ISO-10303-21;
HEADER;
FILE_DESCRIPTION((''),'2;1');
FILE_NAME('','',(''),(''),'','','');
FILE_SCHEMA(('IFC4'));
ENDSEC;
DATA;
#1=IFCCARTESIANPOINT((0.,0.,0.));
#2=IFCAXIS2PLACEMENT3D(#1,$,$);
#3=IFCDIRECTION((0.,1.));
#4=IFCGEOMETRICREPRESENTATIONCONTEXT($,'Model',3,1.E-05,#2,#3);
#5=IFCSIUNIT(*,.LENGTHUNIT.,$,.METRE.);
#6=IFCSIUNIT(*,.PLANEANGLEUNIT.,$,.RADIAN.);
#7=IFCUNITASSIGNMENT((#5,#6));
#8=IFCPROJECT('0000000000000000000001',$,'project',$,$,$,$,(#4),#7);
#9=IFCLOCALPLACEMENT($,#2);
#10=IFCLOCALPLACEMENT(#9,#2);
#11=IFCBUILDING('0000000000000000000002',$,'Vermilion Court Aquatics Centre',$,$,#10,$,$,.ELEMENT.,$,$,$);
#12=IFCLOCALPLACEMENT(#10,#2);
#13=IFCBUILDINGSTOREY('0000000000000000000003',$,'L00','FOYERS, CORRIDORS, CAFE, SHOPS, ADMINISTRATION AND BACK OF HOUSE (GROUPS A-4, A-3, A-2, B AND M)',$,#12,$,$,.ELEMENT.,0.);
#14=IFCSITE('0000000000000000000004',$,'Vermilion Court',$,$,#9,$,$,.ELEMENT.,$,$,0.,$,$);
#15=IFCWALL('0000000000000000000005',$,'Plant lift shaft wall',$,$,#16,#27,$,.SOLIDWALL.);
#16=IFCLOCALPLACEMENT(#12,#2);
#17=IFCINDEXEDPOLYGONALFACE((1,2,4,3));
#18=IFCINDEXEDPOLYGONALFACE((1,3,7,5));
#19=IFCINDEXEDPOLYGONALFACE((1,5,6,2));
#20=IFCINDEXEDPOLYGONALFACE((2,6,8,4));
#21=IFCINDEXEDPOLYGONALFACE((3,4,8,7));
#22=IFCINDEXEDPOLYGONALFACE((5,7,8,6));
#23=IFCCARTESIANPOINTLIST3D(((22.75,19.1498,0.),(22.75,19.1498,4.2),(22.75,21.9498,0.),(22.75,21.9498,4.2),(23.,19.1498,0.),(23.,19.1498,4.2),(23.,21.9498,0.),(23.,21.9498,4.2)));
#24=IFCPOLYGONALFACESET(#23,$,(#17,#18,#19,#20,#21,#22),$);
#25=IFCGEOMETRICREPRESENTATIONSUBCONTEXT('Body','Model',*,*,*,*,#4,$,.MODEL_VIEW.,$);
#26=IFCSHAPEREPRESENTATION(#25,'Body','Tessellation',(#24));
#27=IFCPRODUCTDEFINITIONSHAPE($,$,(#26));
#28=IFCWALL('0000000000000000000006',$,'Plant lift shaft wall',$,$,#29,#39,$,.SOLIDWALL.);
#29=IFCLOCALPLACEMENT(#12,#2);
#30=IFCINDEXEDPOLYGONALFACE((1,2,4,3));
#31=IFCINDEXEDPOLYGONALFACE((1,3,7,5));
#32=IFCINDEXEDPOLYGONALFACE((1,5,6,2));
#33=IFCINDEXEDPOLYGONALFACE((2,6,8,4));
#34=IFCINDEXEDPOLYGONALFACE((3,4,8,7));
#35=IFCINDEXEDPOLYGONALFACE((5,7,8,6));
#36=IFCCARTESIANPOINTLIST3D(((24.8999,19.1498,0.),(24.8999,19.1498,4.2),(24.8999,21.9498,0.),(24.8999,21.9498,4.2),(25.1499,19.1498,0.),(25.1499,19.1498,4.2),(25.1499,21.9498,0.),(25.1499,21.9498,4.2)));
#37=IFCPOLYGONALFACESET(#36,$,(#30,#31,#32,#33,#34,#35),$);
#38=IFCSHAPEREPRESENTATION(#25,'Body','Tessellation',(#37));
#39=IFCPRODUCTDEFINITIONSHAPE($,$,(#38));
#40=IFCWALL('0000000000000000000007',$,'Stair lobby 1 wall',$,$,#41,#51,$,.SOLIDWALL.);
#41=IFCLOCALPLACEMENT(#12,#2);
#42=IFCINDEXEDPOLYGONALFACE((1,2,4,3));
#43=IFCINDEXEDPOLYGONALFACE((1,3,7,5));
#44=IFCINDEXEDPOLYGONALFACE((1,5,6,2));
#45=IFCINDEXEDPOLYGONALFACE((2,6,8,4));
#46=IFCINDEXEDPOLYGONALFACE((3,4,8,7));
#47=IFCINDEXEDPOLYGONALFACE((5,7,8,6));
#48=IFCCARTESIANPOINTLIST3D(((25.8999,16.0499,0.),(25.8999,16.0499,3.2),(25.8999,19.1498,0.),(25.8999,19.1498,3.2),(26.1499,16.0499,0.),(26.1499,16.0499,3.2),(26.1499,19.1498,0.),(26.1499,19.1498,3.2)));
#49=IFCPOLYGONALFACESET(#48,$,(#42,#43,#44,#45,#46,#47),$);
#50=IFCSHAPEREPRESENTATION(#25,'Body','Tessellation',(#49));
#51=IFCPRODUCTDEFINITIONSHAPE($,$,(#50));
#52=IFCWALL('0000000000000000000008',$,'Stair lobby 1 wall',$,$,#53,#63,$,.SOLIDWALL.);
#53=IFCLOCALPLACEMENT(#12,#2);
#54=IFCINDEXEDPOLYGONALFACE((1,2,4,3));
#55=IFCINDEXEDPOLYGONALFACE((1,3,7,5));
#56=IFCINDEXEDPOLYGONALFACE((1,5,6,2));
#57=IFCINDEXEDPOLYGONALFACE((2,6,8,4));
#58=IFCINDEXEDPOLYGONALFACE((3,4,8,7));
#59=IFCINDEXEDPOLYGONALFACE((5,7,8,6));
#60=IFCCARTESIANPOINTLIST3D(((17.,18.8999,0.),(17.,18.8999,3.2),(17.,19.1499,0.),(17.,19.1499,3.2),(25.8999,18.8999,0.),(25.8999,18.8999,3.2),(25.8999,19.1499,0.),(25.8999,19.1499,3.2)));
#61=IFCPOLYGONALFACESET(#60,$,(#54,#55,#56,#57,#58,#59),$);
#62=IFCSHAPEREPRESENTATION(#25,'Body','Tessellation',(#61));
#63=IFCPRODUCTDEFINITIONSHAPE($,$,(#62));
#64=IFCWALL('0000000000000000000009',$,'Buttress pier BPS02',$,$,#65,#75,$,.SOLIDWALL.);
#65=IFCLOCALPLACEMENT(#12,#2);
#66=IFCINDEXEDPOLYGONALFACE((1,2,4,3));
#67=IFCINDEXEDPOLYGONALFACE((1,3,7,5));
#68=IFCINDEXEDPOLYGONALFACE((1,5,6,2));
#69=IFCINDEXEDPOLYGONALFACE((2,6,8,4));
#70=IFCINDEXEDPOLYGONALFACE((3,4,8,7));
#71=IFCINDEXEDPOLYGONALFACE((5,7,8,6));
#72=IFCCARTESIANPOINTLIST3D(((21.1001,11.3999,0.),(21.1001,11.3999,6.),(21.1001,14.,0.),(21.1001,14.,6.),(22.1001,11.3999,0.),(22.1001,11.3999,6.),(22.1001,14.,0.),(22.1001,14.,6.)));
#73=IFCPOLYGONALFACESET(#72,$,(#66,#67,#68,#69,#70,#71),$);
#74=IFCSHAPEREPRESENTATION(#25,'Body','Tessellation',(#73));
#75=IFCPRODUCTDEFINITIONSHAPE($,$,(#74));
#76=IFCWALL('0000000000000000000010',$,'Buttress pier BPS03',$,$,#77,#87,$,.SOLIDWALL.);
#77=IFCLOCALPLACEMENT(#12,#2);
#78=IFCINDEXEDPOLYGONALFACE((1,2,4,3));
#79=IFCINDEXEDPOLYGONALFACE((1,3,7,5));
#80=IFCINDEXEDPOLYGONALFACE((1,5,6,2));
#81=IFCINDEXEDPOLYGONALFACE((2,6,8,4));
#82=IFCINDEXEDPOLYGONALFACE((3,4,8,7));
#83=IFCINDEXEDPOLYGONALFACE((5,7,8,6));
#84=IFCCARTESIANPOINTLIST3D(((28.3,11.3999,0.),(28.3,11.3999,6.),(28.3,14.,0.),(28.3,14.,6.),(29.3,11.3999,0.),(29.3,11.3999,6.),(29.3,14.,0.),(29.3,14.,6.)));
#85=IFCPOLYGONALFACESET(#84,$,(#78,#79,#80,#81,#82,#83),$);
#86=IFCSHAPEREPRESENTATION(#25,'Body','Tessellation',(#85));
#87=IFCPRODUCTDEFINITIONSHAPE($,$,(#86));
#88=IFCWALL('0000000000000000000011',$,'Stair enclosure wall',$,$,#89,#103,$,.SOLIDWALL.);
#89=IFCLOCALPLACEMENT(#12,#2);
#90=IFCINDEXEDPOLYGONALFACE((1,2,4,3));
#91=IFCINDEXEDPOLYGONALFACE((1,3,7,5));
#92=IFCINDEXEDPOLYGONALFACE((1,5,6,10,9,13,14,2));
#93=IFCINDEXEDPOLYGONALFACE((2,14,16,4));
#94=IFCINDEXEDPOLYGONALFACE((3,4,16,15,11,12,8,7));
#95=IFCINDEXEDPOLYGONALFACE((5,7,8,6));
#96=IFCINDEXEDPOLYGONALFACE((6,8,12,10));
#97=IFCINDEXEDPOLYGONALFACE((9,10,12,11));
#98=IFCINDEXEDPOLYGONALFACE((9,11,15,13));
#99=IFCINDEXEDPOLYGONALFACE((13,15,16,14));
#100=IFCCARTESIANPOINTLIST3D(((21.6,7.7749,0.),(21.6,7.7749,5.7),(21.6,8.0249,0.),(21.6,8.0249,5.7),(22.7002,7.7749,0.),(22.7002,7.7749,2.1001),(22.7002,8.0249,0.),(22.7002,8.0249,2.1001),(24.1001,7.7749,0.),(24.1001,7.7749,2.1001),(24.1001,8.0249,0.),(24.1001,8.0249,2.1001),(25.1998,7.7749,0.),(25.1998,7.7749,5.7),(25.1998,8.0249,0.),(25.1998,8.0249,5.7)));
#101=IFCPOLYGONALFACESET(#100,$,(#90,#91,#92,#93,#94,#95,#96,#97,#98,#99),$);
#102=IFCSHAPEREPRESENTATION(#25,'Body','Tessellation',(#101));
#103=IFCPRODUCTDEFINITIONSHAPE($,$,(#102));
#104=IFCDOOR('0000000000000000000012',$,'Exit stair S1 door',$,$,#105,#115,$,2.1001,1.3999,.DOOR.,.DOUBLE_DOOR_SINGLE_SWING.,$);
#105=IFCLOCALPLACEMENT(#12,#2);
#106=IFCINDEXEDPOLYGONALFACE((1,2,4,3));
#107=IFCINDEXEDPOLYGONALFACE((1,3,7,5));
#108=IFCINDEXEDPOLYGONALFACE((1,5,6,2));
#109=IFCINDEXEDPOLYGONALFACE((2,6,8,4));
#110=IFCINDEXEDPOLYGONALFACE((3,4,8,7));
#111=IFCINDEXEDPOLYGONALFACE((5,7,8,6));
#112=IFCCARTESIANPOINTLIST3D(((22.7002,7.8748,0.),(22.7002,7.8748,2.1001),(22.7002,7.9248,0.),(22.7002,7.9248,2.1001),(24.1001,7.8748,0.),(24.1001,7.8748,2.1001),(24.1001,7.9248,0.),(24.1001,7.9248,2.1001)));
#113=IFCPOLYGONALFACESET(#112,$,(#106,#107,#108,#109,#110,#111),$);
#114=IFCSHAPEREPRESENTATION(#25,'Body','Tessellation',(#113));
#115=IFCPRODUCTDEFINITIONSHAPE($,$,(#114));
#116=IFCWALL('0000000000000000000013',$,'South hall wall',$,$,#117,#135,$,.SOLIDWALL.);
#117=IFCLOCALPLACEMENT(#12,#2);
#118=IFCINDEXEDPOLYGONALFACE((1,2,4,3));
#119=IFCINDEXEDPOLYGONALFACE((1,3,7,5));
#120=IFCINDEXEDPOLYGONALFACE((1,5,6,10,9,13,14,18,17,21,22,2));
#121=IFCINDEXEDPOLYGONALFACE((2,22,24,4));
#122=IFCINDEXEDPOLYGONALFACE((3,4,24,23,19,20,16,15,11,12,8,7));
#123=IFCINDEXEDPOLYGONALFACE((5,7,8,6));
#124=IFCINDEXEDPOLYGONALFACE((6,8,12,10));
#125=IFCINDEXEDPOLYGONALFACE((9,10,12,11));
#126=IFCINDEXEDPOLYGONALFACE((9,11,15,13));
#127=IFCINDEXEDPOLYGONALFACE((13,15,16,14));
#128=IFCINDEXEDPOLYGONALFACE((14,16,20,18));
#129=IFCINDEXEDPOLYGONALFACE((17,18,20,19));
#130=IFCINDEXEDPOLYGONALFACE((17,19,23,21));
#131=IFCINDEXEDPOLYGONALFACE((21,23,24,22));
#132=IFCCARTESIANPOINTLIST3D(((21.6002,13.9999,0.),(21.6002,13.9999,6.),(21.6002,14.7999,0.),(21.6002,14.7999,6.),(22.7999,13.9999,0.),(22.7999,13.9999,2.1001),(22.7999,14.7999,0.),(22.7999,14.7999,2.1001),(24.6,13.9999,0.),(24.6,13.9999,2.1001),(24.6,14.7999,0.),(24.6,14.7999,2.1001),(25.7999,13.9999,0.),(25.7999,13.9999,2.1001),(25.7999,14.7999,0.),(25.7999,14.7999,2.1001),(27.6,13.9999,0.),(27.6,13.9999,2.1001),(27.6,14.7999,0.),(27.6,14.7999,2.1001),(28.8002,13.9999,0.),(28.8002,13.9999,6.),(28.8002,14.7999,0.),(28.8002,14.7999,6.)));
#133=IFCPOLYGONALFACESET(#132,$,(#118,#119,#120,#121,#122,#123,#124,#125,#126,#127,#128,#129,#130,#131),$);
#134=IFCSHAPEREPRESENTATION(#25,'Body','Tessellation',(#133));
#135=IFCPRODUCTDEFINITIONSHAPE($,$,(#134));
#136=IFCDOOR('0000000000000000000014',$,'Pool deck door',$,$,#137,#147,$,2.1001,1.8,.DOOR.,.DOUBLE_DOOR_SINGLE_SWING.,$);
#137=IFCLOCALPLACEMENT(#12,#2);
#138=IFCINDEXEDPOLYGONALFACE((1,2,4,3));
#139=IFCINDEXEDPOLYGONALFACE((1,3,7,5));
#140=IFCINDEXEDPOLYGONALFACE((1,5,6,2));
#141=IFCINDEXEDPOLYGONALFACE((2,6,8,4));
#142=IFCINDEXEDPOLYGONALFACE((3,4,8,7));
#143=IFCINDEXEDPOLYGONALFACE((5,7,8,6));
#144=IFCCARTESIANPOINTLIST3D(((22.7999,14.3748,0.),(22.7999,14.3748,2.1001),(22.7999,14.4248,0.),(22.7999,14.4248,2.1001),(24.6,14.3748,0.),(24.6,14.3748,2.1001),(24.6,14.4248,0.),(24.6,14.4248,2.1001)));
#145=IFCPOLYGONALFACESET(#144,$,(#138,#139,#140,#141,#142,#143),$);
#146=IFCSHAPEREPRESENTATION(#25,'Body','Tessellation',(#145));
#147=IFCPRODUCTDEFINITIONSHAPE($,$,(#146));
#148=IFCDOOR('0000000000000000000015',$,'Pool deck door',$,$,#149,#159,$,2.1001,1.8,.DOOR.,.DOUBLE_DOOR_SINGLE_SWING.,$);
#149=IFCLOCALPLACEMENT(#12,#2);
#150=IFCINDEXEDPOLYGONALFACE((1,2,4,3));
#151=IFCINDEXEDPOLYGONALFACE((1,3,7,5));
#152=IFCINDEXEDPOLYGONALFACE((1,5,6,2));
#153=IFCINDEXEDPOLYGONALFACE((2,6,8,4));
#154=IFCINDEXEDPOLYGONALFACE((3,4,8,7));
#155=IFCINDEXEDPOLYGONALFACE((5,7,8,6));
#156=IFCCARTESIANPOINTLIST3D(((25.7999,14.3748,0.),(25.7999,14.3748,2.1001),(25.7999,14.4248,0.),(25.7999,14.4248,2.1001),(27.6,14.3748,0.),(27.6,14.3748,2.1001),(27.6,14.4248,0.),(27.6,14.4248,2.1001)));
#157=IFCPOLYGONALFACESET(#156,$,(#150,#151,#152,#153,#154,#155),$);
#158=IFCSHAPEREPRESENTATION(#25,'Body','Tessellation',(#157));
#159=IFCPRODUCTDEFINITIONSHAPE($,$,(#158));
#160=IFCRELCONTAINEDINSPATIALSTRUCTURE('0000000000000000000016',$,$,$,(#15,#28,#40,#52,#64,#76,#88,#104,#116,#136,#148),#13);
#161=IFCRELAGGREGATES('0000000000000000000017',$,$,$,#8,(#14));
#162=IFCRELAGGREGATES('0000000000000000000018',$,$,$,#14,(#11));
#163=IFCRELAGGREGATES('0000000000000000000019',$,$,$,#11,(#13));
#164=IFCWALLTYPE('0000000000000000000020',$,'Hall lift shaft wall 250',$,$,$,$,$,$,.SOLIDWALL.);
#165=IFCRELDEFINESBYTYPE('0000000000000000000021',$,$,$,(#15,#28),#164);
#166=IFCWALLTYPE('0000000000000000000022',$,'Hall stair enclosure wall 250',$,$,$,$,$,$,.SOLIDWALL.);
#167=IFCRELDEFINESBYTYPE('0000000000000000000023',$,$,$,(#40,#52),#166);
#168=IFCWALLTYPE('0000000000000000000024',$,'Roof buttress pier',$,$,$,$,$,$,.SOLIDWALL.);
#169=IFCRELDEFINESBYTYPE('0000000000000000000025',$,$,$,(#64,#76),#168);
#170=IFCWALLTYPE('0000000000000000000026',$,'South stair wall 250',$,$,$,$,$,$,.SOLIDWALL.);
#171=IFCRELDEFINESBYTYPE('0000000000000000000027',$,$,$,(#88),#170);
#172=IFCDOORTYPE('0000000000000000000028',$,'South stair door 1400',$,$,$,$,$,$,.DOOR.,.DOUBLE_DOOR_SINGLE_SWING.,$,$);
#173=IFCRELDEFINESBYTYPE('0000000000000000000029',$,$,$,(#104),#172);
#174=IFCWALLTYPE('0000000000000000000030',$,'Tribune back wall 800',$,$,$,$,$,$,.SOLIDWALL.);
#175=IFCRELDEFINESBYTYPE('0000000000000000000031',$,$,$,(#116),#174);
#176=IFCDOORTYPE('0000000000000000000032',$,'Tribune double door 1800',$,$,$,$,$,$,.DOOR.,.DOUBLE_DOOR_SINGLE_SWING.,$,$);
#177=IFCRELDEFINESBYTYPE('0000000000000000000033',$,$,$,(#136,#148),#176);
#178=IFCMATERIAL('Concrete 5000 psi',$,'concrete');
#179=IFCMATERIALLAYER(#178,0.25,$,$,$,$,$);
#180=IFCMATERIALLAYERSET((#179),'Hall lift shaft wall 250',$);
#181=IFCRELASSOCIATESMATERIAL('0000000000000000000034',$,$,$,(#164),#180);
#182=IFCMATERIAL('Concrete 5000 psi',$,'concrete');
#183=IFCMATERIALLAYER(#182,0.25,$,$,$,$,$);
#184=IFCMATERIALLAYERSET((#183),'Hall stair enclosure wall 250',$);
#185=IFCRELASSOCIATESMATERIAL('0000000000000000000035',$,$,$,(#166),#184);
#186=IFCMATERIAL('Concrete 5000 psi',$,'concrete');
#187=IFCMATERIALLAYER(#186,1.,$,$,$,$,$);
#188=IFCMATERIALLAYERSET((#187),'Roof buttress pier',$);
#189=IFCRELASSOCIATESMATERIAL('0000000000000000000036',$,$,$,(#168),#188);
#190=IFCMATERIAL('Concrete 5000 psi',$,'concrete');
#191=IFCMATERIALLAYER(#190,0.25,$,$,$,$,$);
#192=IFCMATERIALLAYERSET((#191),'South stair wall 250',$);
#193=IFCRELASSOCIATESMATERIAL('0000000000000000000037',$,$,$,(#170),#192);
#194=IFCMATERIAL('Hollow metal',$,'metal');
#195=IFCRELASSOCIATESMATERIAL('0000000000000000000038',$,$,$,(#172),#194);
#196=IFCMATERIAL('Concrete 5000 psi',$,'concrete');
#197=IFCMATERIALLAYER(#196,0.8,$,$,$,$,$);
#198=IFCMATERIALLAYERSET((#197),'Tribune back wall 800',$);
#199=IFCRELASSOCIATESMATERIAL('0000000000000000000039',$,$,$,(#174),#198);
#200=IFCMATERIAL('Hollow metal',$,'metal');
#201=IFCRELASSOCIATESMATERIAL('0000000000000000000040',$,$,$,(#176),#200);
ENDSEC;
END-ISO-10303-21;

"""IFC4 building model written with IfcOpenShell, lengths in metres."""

from ifc_helpers import new_model, si_unit, direction, frame, frame_2d, origin, place, context, subcontext, project, spatial, rectangle, extrude, material, layer, layer_set, type_object, element, fill, save


model = new_model("IFC4")

# Units and contexts
model_context = context("Model", 3, precision=1e-05, world=origin(), true_north=direction((0.0, 1.0)))
body_context = subcontext(model_context, "Body", "Model", "MODEL_VIEW")
ifc_project = project(units=[si_unit("LENGTHUNIT", "METRE"), si_unit("PLANEANGLEUNIT", "RADIAN")], contexts=[model_context])

# Site, building, storey
site_placement = place(None, origin())
site = spatial("IfcSite", under=ifc_project, at=site_placement, Name="Vermilion Court", CompositionType="ELEMENT", RefElevation=0.0)
building_placement = place(site_placement, origin())
building = spatial("IfcBuilding", under=site, at=building_placement, Name="Vermilion Court Aquatics Centre", CompositionType="ELEMENT")
storey_placement = place(building_placement, origin())
storey = spatial("IfcBuildingStorey", under=building, at=storey_placement, Name="L00", Description="FOYERS, CORRIDORS, CAFE, SHOPS, ADMINISTRATION AND BACK OF HOUSE (GROUPS A-4, A-3, A-2, B AND M)", CompositionType="ELEMENT", Elevation=0.0)

# Walls
ifc_material_1 = material(Name="Concrete 5000 psi", Category="concrete")
ifc_layer_1 = layer(ifc_material_1, 0.25)
ifc_layer_set_1 = layer_set([ifc_layer_1], Name="Hall lift shaft wall 250")
wall_type_1 = type_object("IfcWallType", Name="Hall lift shaft wall 250", PredefinedType="SOLIDWALL", material=ifc_layer_set_1)
for number, where, z_axis, x_axis, name in (
    (1, (22.875, 19.1499, 0.0), (0.0, 0.0, 1.0), (0.0, 1.0, 0.0), "Plant lift shaft wall"),
    (2, (25.0249, 19.1499, 0.0), (0.0, 0.0, 1.0), (0.0, 1.0, 0.0), "Plant lift shaft wall"),
):
    element("IfcWall", number, at=place(storey_placement, frame(where, z_axis=z_axis, x_axis=x_axis)), inside=storey, type_object=wall_type_1, Name=name, PredefinedType="SOLIDWALL", context=body_context, shape_type="SweptSolid", body=[
        extrude(rectangle(XDim=2.8, YDim=0.25, at=frame_2d((1.3999, 0.0))), origin(), (0.0, 0.0, 1.0), 4.2),
    ])
ifc_material_2 = material(Name="Concrete 5000 psi", Category="concrete")
ifc_layer_2 = layer(ifc_material_2, 0.25)
ifc_layer_set_2 = layer_set([ifc_layer_2], Name="Hall stair enclosure wall 250")
wall_type_2 = type_object("IfcWallType", Name="Hall stair enclosure wall 250", PredefinedType="SOLIDWALL", material=ifc_layer_set_2)
wall_1_placement = place(storey_placement, frame((26.0249, 16.05, 0.0), z_axis=(0.0, 0.0, 1.0), x_axis=(0.0, 1.0, 0.0)))
element("IfcWall", 3, at=wall_1_placement, inside=storey, type_object=wall_type_2, Name="Stair lobby 1 wall", PredefinedType="SOLIDWALL", context=body_context, shape_type="SweptSolid", body=[
    extrude(rectangle(XDim=3.0999, YDim=0.25, at=frame_2d((1.5498, 0.0))), origin(), (0.0, 0.0, 1.0), 3.2),
])
wall_2_placement = place(storey_placement, frame((17.0, 19.0249, 0.0), z_axis=(0.0, 0.0, 1.0), x_axis=(1.0, 0.0, 0.0)))
element("IfcWall", 4, at=wall_2_placement, inside=storey, type_object=wall_type_2, Name="Stair lobby 1 wall", PredefinedType="SOLIDWALL", context=body_context, shape_type="SweptSolid", body=[
    extrude(rectangle(XDim=8.8999, YDim=0.25, at=frame_2d((4.45, 0.0))), origin(), (0.0, 0.0, 1.0), 3.2),
])
ifc_material_3 = material(Name="Concrete 5000 psi", Category="concrete")
ifc_layer_3 = layer(ifc_material_3, 1.0)
ifc_layer_set_3 = layer_set([ifc_layer_3], Name="Roof buttress pier")
wall_type_3 = type_object("IfcWallType", Name="Roof buttress pier", PredefinedType="SOLIDWALL", material=ifc_layer_set_3)
for number, where, z_axis, x_axis, name in (
    (5, (21.6001, 11.3999, 0.0), (0.0, 0.0, 1.0), (0.0, 1.0, 0.0), "Buttress pier BPS02"),
    (6, (28.8, 11.3999, 0.0), (0.0, 0.0, 1.0), (0.0, 1.0, 0.0), "Buttress pier BPS03"),
):
    element("IfcWall", number, at=place(storey_placement, frame(where, z_axis=z_axis, x_axis=x_axis)), inside=storey, type_object=wall_type_3, Name=name, PredefinedType="SOLIDWALL", context=body_context, shape_type="SweptSolid", body=[
        extrude(rectangle(XDim=2.6001, YDim=1.0, at=frame_2d((1.3, 0.0))), origin(), (0.0, 0.0, 1.0), 6.0),
    ])

# Wall, opening, door
ifc_material_4 = material(Name="Concrete 5000 psi", Category="concrete")
ifc_layer_4 = layer(ifc_material_4, 0.25)
ifc_layer_set_4 = layer_set([ifc_layer_4], Name="South stair wall 250")
wall_type_4 = type_object("IfcWallType", Name="South stair wall 250", PredefinedType="SOLIDWALL", material=ifc_layer_set_4)
wall_3_placement = place(storey_placement, frame((21.6001, 7.8999, 0.0), z_axis=(0.0, 0.0, 1.0), x_axis=(1.0, 0.0, 0.0)))
wall_3 = element("IfcWall", 7, at=wall_3_placement, inside=storey, type_object=wall_type_4, Name="Stair enclosure wall", PredefinedType="SOLIDWALL", context=body_context, shape_type="SweptSolid", body=[
    extrude(rectangle(XDim=3.5999, YDim=0.25, at=frame_2d((1.7998, 0.0))), origin(), (0.0, 0.0, 1.0), 5.7),
])
opening_1_placement = place(wall_3_placement, frame((1.1001, 0.0, 0.0)))
opening_1 = element("IfcOpeningElement", 8, at=opening_1_placement, cuts=wall_3, PredefinedType="OPENING", context=body_context, shape_type="SweptSolid", body=[
    extrude(rectangle(XDim=1.3999, YDim=2.1001, at=frame_2d((0.7, 1.05))), frame((0.0, 0.135, 0.0), z_axis=(0.0, -1.0, 0.0), x_axis=(1.0, 0.0, 0.0)), (0.0, 0.0, 1.0), 0.27),
])
ifc_material_5 = material(Name="Hollow metal", Category="metal")
door_type_1 = type_object("IfcDoorType", Name="South stair door 1400", OperationType="DOUBLE_DOOR_SINGLE_SWING", PredefinedType="DOOR", material=ifc_material_5)
door_1_placement = place(opening_1_placement, origin())
door_1 = element("IfcDoor", 9, at=door_1_placement, inside=storey, type_object=door_type_1, Name="Exit stair S1 door", OperationType="DOUBLE_DOOR_SINGLE_SWING", OverallHeight=2.1001, OverallWidth=1.3999, PredefinedType="DOOR", context=body_context, shape_type="SweptSolid", body=[
    extrude(rectangle(XDim=1.3999, YDim=2.1001, at=frame_2d((0.7, 1.05))), frame((0.0, 0.0249, 0.0), z_axis=(0.0, -1.0, 0.0), x_axis=(1.0, 0.0, 0.0)), (0.0, 0.0, 1.0), 0.05),
])
fill(opening_1, door_1)

# Wall, openings, doors
ifc_material_6 = material(Name="Concrete 5000 psi", Category="concrete")
ifc_layer_5 = layer(ifc_material_6, 0.8)
ifc_layer_set_5 = layer_set([ifc_layer_5], Name="Tribune back wall 800")
wall_type_5 = type_object("IfcWallType", Name="Tribune back wall 800", PredefinedType="SOLIDWALL", material=ifc_layer_set_5)
wall_4_placement = place(storey_placement, frame((21.6001, 14.3999, 0.0), z_axis=(0.0, 0.0, 1.0), x_axis=(1.0, 0.0, 0.0)))
wall_4 = element("IfcWall", 10, at=wall_4_placement, inside=storey, type_object=wall_type_5, Name="South hall wall", PredefinedType="SOLIDWALL", context=body_context, shape_type="SweptSolid", body=[
    extrude(rectangle(XDim=7.2, YDim=0.8, at=frame_2d((3.6001, 0.0))), origin(), (0.0, 0.0, 1.0), 6.0),
])
opening_2_placement = place(wall_4_placement, frame((1.2, 0.0, 0.0)))
opening_2 = element("IfcOpeningElement", 11, at=opening_2_placement, cuts=wall_4, PredefinedType="OPENING", context=body_context, shape_type="SweptSolid", body=[
    extrude(rectangle(XDim=1.8, YDim=2.1001, at=frame_2d((0.8999, 1.05))), frame((0.0, 0.4099, 0.0), z_axis=(0.0, -1.0, 0.0), x_axis=(1.0, 0.0, 0.0)), (0.0, 0.0, 1.0), 0.8201),
])
opening_3_placement = place(wall_4_placement, frame((4.2, 0.0, 0.0)))
opening_3 = element("IfcOpeningElement", 12, at=opening_3_placement, cuts=wall_4, PredefinedType="OPENING", context=body_context, shape_type="SweptSolid", body=[
    extrude(rectangle(XDim=1.8, YDim=2.1001, at=frame_2d((0.8999, 1.05))), frame((0.0, 0.4099, 0.0), z_axis=(0.0, -1.0, 0.0), x_axis=(1.0, 0.0, 0.0)), (0.0, 0.0, 1.0), 0.8201),
])
ifc_material_7 = material(Name="Hollow metal", Category="metal")
door_type_2 = type_object("IfcDoorType", Name="Tribune double door 1800", OperationType="DOUBLE_DOOR_SINGLE_SWING", PredefinedType="DOOR", material=ifc_material_7)
door_2_placement = place(opening_2_placement, frame((1.8, 0.0, 0.0), z_axis=(0.0, 0.0, 1.0), x_axis=(-1.0, 0.0, 0.0)))
door_2 = element("IfcDoor", 13, at=door_2_placement, inside=storey, type_object=door_type_2, Name="Pool deck door", OperationType="DOUBLE_DOOR_SINGLE_SWING", OverallHeight=2.1001, OverallWidth=1.8, PredefinedType="DOOR", context=body_context, shape_type="SweptSolid", body=[
    extrude(rectangle(XDim=1.8, YDim=2.1001, at=frame_2d((0.9001, 1.05))), frame((0.0, 0.0251, 0.0), z_axis=(0.0, -1.0, 0.0), x_axis=(1.0, 0.0, 0.0)), (0.0, 0.0, 1.0), 0.05),
])
fill(opening_2, door_2)
door_3_placement = place(opening_3_placement, frame((1.8, 0.0, 0.0), z_axis=(0.0, 0.0, 1.0), x_axis=(-1.0, 0.0, 0.0)))
door_3 = element("IfcDoor", 14, at=door_3_placement, inside=storey, type_object=door_type_2, Name="Pool deck door", OperationType="DOUBLE_DOOR_SINGLE_SWING", OverallHeight=2.1001, OverallWidth=1.8, PredefinedType="DOOR", context=body_context, shape_type="SweptSolid", body=[
    extrude(rectangle(XDim=1.8, YDim=2.1001, at=frame_2d((0.9001, 1.05))), frame((0.0, 0.0251, 0.0), z_axis=(0.0, -1.0, 0.0), x_axis=(1.0, 0.0, 0.0)), (0.0, 0.0, 1.0), 0.05),
])
fill(opening_3, door_3)

save(model, "model.ifc")
